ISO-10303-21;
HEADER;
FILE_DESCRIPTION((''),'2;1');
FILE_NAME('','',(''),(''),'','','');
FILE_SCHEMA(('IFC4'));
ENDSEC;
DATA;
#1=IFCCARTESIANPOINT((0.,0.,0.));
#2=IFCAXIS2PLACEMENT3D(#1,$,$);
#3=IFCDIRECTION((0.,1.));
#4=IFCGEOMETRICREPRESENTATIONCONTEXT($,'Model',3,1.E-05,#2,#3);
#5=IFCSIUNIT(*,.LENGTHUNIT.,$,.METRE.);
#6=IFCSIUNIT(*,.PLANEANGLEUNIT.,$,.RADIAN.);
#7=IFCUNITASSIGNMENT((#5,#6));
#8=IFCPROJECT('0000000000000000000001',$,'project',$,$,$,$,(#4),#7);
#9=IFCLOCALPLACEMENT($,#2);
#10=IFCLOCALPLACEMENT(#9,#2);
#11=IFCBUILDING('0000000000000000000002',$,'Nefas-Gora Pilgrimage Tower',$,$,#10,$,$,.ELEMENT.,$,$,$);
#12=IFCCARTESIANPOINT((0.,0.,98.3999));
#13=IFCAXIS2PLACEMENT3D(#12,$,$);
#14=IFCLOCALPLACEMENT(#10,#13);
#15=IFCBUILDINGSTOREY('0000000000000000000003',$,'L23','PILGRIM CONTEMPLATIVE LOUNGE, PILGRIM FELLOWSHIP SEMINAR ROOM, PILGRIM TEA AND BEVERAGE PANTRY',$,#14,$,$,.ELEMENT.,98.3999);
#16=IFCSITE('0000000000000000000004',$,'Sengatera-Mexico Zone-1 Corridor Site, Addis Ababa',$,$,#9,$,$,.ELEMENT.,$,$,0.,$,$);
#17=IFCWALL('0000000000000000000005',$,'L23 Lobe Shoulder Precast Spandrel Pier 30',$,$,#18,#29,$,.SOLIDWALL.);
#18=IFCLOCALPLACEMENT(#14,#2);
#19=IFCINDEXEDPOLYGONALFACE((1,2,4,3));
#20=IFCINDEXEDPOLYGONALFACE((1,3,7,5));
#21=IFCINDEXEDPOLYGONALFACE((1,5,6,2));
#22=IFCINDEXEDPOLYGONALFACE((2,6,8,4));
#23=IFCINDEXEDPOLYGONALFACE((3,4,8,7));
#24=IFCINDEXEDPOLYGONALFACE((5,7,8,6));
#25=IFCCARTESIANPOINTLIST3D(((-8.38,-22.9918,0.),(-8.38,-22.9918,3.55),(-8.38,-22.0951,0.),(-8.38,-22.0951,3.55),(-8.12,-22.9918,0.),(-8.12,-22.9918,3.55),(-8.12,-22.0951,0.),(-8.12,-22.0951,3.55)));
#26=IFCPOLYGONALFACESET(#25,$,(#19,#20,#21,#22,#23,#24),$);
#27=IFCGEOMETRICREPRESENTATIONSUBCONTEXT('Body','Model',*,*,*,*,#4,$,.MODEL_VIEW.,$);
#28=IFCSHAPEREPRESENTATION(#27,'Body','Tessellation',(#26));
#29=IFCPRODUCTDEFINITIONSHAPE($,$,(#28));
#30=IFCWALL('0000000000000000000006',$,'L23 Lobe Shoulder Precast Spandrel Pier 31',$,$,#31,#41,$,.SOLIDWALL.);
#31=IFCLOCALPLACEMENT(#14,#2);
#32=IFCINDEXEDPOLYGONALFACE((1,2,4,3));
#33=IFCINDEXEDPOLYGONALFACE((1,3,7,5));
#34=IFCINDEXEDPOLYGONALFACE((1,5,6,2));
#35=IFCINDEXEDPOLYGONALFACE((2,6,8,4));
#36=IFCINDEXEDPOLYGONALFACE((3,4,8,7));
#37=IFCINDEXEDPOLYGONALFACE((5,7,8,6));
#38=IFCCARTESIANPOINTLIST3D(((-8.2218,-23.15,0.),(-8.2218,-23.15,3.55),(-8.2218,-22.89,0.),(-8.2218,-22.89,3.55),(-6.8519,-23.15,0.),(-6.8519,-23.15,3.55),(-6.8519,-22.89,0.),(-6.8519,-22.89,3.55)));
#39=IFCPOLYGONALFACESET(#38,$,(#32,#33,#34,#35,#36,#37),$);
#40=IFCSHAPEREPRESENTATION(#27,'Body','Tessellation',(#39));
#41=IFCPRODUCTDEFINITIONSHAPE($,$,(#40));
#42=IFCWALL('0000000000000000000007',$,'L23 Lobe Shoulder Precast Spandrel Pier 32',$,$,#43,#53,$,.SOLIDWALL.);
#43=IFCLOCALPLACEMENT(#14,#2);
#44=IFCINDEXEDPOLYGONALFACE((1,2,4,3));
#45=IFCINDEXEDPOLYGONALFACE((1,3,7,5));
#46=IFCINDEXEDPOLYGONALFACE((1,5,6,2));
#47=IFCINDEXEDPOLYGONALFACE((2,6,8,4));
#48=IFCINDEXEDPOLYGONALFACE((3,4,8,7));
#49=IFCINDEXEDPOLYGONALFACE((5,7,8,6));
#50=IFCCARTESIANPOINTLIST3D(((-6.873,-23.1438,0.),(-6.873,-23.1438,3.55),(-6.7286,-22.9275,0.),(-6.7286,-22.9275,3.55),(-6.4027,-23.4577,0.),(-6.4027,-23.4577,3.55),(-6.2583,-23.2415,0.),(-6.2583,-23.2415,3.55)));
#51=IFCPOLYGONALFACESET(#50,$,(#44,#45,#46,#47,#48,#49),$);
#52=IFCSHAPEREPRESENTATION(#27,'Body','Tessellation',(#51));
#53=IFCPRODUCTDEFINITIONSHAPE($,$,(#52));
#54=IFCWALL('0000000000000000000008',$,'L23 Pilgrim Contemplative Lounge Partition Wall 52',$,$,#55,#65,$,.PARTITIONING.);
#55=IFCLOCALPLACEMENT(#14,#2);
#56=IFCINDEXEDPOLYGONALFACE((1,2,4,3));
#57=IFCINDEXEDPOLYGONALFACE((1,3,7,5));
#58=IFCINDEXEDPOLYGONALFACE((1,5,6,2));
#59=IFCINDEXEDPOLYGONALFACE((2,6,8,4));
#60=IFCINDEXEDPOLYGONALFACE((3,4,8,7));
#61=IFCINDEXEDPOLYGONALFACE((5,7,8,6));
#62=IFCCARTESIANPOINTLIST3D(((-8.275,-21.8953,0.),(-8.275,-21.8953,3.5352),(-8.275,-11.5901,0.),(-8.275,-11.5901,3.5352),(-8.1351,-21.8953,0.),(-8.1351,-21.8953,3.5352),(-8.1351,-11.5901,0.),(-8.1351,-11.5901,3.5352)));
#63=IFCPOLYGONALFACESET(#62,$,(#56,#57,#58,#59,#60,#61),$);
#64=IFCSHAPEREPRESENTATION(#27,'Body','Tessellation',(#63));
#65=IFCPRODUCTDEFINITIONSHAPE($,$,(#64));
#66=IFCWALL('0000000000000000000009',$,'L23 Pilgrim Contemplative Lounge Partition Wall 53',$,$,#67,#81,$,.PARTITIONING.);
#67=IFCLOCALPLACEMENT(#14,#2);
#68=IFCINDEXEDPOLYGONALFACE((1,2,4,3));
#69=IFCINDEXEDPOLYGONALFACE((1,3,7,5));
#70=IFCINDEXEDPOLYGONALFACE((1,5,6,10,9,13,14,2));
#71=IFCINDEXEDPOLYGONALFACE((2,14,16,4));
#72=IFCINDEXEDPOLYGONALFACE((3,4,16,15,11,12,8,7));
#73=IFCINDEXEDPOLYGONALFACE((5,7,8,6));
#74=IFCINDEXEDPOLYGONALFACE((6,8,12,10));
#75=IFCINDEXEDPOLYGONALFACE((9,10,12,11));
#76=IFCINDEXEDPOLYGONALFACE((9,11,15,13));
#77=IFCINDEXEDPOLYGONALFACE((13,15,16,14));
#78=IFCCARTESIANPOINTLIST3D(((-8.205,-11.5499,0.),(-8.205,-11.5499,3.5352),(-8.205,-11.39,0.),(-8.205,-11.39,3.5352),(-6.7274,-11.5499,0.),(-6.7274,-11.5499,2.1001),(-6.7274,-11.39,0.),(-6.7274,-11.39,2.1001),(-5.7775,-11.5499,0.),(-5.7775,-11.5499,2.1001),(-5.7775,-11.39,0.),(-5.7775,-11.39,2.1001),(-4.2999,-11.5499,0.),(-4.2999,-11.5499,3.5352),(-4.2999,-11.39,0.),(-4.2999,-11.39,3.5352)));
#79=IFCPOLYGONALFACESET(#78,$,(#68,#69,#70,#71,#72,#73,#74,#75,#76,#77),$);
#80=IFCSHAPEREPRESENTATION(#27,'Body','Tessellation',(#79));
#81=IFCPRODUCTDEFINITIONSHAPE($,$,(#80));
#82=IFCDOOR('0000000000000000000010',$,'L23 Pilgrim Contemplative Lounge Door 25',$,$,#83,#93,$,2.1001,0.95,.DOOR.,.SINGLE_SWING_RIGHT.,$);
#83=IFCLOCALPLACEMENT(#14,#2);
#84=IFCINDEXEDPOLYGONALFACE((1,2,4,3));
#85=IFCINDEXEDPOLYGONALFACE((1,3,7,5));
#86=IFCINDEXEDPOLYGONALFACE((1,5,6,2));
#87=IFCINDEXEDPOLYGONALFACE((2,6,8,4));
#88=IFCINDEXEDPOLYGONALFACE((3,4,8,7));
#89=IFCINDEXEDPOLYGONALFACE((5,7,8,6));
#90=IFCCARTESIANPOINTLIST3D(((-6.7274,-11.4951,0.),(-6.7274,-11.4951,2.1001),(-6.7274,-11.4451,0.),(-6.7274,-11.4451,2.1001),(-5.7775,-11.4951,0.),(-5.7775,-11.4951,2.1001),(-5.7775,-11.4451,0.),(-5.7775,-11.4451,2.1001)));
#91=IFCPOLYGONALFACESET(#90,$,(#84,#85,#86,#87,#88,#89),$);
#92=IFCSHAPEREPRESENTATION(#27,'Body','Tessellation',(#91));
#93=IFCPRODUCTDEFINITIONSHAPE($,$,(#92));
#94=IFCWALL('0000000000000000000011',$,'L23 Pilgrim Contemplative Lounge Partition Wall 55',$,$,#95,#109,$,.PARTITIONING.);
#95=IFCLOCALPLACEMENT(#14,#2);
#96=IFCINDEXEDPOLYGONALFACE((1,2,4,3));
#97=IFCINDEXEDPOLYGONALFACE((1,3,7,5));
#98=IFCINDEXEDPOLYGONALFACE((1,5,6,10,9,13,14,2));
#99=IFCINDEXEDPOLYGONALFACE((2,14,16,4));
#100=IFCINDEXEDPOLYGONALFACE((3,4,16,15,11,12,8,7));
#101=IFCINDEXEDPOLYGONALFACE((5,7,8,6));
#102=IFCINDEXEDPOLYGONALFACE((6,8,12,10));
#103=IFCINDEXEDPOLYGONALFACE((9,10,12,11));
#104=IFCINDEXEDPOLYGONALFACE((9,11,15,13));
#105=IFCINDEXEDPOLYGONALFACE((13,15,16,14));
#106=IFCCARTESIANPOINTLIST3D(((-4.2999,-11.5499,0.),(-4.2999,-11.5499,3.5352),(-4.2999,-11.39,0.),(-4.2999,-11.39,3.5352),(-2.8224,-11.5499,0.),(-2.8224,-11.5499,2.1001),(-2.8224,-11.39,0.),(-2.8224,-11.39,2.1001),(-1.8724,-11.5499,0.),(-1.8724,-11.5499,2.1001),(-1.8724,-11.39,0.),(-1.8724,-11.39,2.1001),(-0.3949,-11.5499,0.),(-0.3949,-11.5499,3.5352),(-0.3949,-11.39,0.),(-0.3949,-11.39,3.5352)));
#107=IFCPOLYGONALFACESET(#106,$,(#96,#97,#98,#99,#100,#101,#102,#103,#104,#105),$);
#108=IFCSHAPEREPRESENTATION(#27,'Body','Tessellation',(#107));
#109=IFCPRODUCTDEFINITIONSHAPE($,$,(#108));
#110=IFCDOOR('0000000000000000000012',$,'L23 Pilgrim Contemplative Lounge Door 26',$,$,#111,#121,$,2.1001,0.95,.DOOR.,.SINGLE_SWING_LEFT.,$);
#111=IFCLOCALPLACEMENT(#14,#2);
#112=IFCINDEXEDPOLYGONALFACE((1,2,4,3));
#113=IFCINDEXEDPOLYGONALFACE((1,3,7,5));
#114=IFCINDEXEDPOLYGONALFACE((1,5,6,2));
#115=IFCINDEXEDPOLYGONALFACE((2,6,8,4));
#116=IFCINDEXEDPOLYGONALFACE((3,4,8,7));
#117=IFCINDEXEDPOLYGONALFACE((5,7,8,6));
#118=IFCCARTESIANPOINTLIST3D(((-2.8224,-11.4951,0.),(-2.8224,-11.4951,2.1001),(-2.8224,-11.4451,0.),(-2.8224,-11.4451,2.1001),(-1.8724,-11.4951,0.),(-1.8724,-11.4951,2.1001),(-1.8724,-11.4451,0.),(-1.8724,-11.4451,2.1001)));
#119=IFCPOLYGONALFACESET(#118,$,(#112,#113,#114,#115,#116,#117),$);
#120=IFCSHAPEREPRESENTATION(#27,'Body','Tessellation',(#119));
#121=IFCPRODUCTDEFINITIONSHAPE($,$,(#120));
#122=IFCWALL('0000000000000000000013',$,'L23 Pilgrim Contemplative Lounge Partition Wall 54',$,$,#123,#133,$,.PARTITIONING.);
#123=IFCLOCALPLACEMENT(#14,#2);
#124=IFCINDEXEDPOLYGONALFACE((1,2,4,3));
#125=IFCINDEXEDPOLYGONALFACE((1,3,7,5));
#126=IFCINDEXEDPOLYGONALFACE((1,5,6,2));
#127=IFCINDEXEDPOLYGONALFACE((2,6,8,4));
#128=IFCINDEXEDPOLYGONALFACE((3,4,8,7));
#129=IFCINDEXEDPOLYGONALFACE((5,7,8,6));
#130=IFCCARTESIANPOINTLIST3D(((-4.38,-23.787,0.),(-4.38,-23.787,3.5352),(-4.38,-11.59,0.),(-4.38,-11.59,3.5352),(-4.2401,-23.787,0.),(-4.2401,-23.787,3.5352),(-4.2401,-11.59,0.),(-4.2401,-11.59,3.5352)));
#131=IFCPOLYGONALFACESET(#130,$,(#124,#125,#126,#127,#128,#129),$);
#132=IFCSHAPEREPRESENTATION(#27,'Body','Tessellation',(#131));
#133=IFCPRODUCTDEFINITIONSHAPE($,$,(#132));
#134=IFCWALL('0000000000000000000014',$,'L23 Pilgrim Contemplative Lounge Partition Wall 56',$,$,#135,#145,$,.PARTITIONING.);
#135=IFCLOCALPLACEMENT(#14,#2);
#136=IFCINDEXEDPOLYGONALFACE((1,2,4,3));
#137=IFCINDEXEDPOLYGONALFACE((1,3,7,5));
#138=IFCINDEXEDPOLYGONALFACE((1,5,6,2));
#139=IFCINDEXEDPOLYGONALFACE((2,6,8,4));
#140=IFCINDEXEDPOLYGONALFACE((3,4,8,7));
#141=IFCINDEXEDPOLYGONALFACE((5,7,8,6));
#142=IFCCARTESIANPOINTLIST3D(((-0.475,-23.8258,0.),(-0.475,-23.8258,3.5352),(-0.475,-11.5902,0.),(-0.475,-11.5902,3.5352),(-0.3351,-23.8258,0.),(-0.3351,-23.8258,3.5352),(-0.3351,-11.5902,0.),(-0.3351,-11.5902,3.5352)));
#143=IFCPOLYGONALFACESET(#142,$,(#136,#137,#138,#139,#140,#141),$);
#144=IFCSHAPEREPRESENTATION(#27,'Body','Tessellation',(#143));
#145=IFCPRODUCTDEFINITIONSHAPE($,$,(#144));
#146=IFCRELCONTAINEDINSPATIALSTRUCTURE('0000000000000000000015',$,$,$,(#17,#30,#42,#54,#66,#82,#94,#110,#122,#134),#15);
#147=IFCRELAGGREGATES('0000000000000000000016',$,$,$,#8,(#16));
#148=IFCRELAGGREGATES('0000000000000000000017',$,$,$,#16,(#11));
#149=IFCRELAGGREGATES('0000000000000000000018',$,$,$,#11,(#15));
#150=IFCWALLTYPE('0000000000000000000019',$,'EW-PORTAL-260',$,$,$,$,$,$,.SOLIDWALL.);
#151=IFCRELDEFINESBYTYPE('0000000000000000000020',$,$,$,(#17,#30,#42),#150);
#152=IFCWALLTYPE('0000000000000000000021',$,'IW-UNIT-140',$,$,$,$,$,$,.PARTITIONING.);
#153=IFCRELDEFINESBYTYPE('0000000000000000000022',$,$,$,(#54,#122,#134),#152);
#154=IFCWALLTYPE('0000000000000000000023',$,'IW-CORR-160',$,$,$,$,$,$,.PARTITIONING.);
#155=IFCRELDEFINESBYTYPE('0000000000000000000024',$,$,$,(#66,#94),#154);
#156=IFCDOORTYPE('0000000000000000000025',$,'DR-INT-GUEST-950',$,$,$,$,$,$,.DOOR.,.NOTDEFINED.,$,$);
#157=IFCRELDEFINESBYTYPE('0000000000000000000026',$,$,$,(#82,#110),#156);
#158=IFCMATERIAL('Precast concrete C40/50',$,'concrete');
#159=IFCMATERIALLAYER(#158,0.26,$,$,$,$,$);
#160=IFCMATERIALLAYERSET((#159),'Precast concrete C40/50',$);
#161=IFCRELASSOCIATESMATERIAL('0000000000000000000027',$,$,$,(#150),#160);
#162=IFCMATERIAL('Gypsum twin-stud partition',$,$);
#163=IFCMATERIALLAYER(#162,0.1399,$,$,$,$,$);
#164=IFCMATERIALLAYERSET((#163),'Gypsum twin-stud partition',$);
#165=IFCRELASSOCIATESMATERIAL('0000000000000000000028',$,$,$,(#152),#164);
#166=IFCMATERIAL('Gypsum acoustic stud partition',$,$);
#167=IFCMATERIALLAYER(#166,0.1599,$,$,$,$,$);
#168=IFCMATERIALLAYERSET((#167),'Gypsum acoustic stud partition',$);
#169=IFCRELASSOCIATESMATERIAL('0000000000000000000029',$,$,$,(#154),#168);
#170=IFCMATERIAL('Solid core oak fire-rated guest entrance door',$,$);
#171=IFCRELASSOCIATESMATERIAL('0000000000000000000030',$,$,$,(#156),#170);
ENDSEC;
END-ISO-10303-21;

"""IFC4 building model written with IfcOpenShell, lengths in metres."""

from ifc_helpers import new_model, si_unit, direction, frame, frame_2d, origin, place, context, subcontext, project, spatial, rectangle, extrude, source, transform, mapped, material, layer, layer_set, type_object, element, fill, save


model = new_model("IFC4")

# Units and contexts
model_context = context("Model", 3, precision=1e-05, world=origin(), true_north=direction((0.0, 1.0)))
body_context = subcontext(model_context, "Body", "Model", "MODEL_VIEW")
ifc_project = project(units=[si_unit("LENGTHUNIT", "METRE"), si_unit("PLANEANGLEUNIT", "RADIAN")], contexts=[model_context])

# Site, building, storey
site_placement = place(None, origin())
site = spatial("IfcSite", under=ifc_project, at=site_placement, Name="Sengatera-Mexico Zone-1 Corridor Site, Addis Ababa", CompositionType="ELEMENT", RefElevation=0.0)
building_placement = place(site_placement, origin())
building = spatial("IfcBuilding", under=site, at=building_placement, Name="Nefas-Gora Pilgrimage Tower", CompositionType="ELEMENT")
storey_placement = place(building_placement, frame((0.0, 0.0, 98.3999)))
storey = spatial("IfcBuildingStorey", under=building, at=storey_placement, Name="L23", Description="PILGRIM CONTEMPLATIVE LOUNGE, PILGRIM FELLOWSHIP SEMINAR ROOM, PILGRIM TEA AND BEVERAGE PANTRY", CompositionType="ELEMENT", Elevation=98.3999)

# Walls
ifc_material_1 = material(Name="Precast concrete C40/50", Category="concrete")
ifc_layer_1 = layer(ifc_material_1, 0.26)
ifc_layer_set_1 = layer_set([ifc_layer_1], Name="Precast concrete C40/50")
wall_type_1 = type_object("IfcWallType", Name="EW-PORTAL-260", PredefinedType="SOLIDWALL", material=ifc_layer_set_1)
shared_shape_1 = source(origin(), body_context, "Body", "SweptSolid", [
    extrude(rectangle(XDim=0.8967, YDim=0.26, at=frame_2d((0.4482, 0.0))), origin(), (0.0, 0.0, 1.0), 3.55),
])
wall_1_placement = place(storey_placement, frame((-8.25, -22.0952, 0.0), z_axis=(0.0, 0.0, 1.0), x_axis=(0.0, -1.0, 0.0)))
element("IfcWall", 1, at=wall_1_placement, inside=storey, type_object=wall_type_1, Name="L23 Lobe Shoulder Precast Spandrel Pier 30", PredefinedType="SOLIDWALL", context=body_context, shape_type="MappedRepresentation", body=[
    mapped(shared_shape_1, transform((0.0, 0.0, 0.0), x_axis=(1.0, 0.0, 0.0), y_axis=(0.0, 1.0, 0.0), z_axis=(0.0, 0.0, 1.0), scale=1.0)),
])
shared_shape_2 = source(origin(), body_context, "Body", "SweptSolid", [
    extrude(rectangle(XDim=1.3699, YDim=0.26, at=frame_2d((0.6851, 0.0))), origin(), (0.0, 0.0, 1.0), 3.55),
])
wall_2_placement = place(storey_placement, frame((-8.2219, -23.02, 0.0), z_axis=(0.0, 0.0, 1.0), x_axis=(1.0, 0.0, 0.0)))
element("IfcWall", 2, at=wall_2_placement, inside=storey, type_object=wall_type_1, Name="L23 Lobe Shoulder Precast Spandrel Pier 31", PredefinedType="SOLIDWALL", context=body_context, shape_type="MappedRepresentation", body=[
    mapped(shared_shape_2, transform((0.0, 0.0, 0.0), x_axis=(1.0, 0.0, 0.0), y_axis=(0.0, 1.0, 0.0), z_axis=(0.0, 0.0, 1.0), scale=1.0)),
])
shared_shape_3 = source(origin(), body_context, "Body", "SweptSolid", [
    extrude(rectangle(XDim=0.5654, YDim=0.26, at=frame_2d((0.2827, 0.0))), origin(), (0.0, 0.0, 1.0), 3.55),
])
wall_3_placement = place(storey_placement, frame((-6.8008, -23.0356, 0.0), z_axis=(0.0, 0.0, 1.0), x_axis=(0.831651, -0.555298, 0.0)))
element("IfcWall", 3, at=wall_3_placement, inside=storey, type_object=wall_type_1, Name="L23 Lobe Shoulder Precast Spandrel Pier 32", PredefinedType="SOLIDWALL", context=body_context, shape_type="MappedRepresentation", body=[
    mapped(shared_shape_3, transform((0.0, 0.0, 0.0), x_axis=(1.0, 0.0, 0.0), y_axis=(0.0, 1.0, 0.0), z_axis=(0.0, 0.0, 1.0), scale=1.0)),
])
ifc_material_2 = material(Name="Gypsum twin-stud partition")
ifc_layer_2 = layer(ifc_material_2, 0.1399)
ifc_layer_set_2 = layer_set([ifc_layer_2], Name="Gypsum twin-stud partition")
wall_type_2 = type_object("IfcWallType", Name="IW-UNIT-140", PredefinedType="PARTITIONING", material=ifc_layer_set_2)
shared_shape_4 = source(origin(), body_context, "Body", "SweptSolid", [
    extrude(rectangle(XDim=10.3052, YDim=0.1399, at=frame_2d((5.1526, 0.0))), origin(), (0.0, 0.0, 1.0), 3.5352),
])
wall_4_placement = place(storey_placement, frame((-8.2051, -21.8953, 0.0), z_axis=(0.0, 0.0, 1.0), x_axis=(0.0, 1.0, 0.0)))
element("IfcWall", 4, at=wall_4_placement, inside=storey, type_object=wall_type_2, Name="L23 Pilgrim Contemplative Lounge Partition Wall 52", PredefinedType="PARTITIONING", context=body_context, shape_type="MappedRepresentation", body=[
    mapped(shared_shape_4, transform((0.0, 0.0, 0.0), x_axis=(1.0, 0.0, 0.0), y_axis=(0.0, 1.0, 0.0), z_axis=(0.0, 0.0, 1.0), scale=1.0)),
])

# Walls, openings, doors
ifc_material_3 = material(Name="Gypsum acoustic stud partition")
ifc_layer_3 = layer(ifc_material_3, 0.1599)
ifc_layer_set_3 = layer_set([ifc_layer_3], Name="Gypsum acoustic stud partition")
wall_type_3 = type_object("IfcWallType", Name="IW-CORR-160", PredefinedType="PARTITIONING", material=ifc_layer_set_3)
shared_shape_5 = source(origin(), body_context, "Body", "SweptSolid", [
    extrude(rectangle(XDim=3.905, YDim=0.1599, at=frame_2d((1.9526, 0.0))), origin(), (0.0, 0.0, 1.0), 3.5352),
])
wall_5_placement = place(storey_placement, frame((-8.2051, -11.47, 0.0), z_axis=(0.0, 0.0, 1.0), x_axis=(1.0, 0.0, 0.0)))
wall_5 = element("IfcWall", 5, at=wall_5_placement, inside=storey, type_object=wall_type_3, Name="L23 Pilgrim Contemplative Lounge Partition Wall 53", PredefinedType="PARTITIONING", context=body_context, shape_type="MappedRepresentation", body=[
    mapped(shared_shape_5, transform((0.0, 0.0, 0.0), x_axis=(1.0, 0.0, 0.0), y_axis=(0.0, 1.0, 0.0), z_axis=(0.0, 0.0, 1.0), scale=1.0)),
])
opening_1_placement = place(wall_5_placement, frame((1.4775, 0.0, 0.0)))
opening_1 = element("IfcOpeningElement", 6, at=opening_1_placement, cuts=wall_5, PredefinedType="OPENING", context=body_context, shape_type="SweptSolid", body=[
    extrude(rectangle(XDim=0.95, YDim=2.1001, at=frame_2d((0.4751, 1.05))), frame((0.0, 0.0898, 0.0), z_axis=(0.0, -1.0, 0.0), x_axis=(1.0, 0.0, 0.0)), (0.0, 0.0, 1.0), 0.1799),
])
ifc_material_4 = material(Name="Solid core oak fire-rated guest entrance door")
door_type = type_object("IfcDoorType", Name="DR-INT-GUEST-950", OperationType="NOTDEFINED", PredefinedType="DOOR", material=ifc_material_4)
shared_shape_6 = source(origin(), body_context, "Body", "SweptSolid", [
    extrude(rectangle(XDim=0.95, YDim=2.1001, at=frame_2d((0.4751, 1.05))), frame((0.0, 0.0249, 0.0), z_axis=(0.0, -1.0, 0.0), x_axis=(1.0, 0.0, 0.0)), (0.0, 0.0, 1.0), 0.05),
])
door_1_placement = place(opening_1_placement, origin())
door_1 = element("IfcDoor", 7, at=door_1_placement, inside=storey, type_object=door_type, Name="L23 Pilgrim Contemplative Lounge Door 25", OperationType="SINGLE_SWING_RIGHT", OverallHeight=2.1001, OverallWidth=0.95, PredefinedType="DOOR", context=body_context, shape_type="MappedRepresentation", body=[
    mapped(shared_shape_6, transform((0.0, 0.0, 0.0), x_axis=(1.0, 0.0, 0.0), y_axis=(0.0, 1.0, 0.0), z_axis=(0.0, 0.0, 1.0), scale=1.0)),
])
fill(opening_1, door_1)
wall_6_placement = place(storey_placement, frame((-4.3, -11.47, 0.0), z_axis=(0.0, 0.0, 1.0), x_axis=(1.0, 0.0, 0.0)))
wall_6 = element("IfcWall", 8, at=wall_6_placement, inside=storey, type_object=wall_type_3, Name="L23 Pilgrim Contemplative Lounge Partition Wall 55", PredefinedType="PARTITIONING", context=body_context, shape_type="MappedRepresentation", body=[
    mapped(shared_shape_5, transform((0.0, 0.0, 0.0), x_axis=(1.0, 0.0, 0.0), y_axis=(0.0, 1.0, 0.0), z_axis=(0.0, 0.0, 1.0), scale=1.0)),
])
opening_2_placement = place(wall_6_placement, frame((1.4775, 0.0, 0.0)))
opening_2 = element("IfcOpeningElement", 9, at=opening_2_placement, cuts=wall_6, PredefinedType="OPENING", context=body_context, shape_type="SweptSolid", body=[
    extrude(rectangle(XDim=0.95, YDim=2.1001, at=frame_2d((0.4751, 1.05))), frame((0.0, 0.0898, 0.0), z_axis=(0.0, -1.0, 0.0), x_axis=(1.0, 0.0, 0.0)), (0.0, 0.0, 1.0), 0.1799),
])
door_2_placement = place(opening_2_placement, origin())
door_2 = element("IfcDoor", 10, at=door_2_placement, inside=storey, type_object=door_type, Name="L23 Pilgrim Contemplative Lounge Door 26", OperationType="SINGLE_SWING_LEFT", OverallHeight=2.1001, OverallWidth=0.95, PredefinedType="DOOR", context=body_context, shape_type="MappedRepresentation", body=[
    mapped(shared_shape_6, transform((0.0, 0.0, 0.0), x_axis=(1.0, 0.0, 0.0), y_axis=(0.0, 1.0, 0.0), z_axis=(0.0, 0.0, 1.0), scale=1.0)),
])
fill(opening_2, door_2)

# Walls
shared_shape_7 = source(origin(), body_context, "Body", "SweptSolid", [
    extrude(rectangle(XDim=12.197, YDim=0.1399, at=frame_2d((6.0986, 0.0))), origin(), (0.0, 0.0, 1.0), 3.5352),
])
wall_7_placement = place(storey_placement, frame((-4.3101, -23.7871, 0.0), z_axis=(0.0, 0.0, 1.0), x_axis=(0.0, 1.0, 0.0)))
element("IfcWall", 11, at=wall_7_placement, inside=storey, type_object=wall_type_2, Name="L23 Pilgrim Contemplative Lounge Partition Wall 54", PredefinedType="PARTITIONING", context=body_context, shape_type="MappedRepresentation", body=[
    mapped(shared_shape_7, transform((0.0, 0.0, 0.0), x_axis=(1.0, 0.0, 0.0), y_axis=(0.0, 1.0, 0.0), z_axis=(0.0, 0.0, 1.0), scale=1.0)),
])
shared_shape_8 = source(origin(), body_context, "Body", "SweptSolid", [
    extrude(rectangle(XDim=12.2356, YDim=0.1399, at=frame_2d((6.1177, 0.0))), origin(), (0.0, 0.0, 1.0), 3.5352),
])
wall_8_placement = place(storey_placement, frame((-0.405, -23.8257, 0.0), z_axis=(0.0, 0.0, 1.0), x_axis=(0.0, 1.0, 0.0)))
element("IfcWall", 12, at=wall_8_placement, inside=storey, type_object=wall_type_2, Name="L23 Pilgrim Contemplative Lounge Partition Wall 56", PredefinedType="PARTITIONING", context=body_context, shape_type="MappedRepresentation", body=[
    mapped(shared_shape_8, transform((0.0, 0.0, 0.0), x_axis=(1.0, 0.0, 0.0), y_axis=(0.0, 1.0, 0.0), z_axis=(0.0, 0.0, 1.0), scale=1.0)),
])

save(model, "model.ifc")
